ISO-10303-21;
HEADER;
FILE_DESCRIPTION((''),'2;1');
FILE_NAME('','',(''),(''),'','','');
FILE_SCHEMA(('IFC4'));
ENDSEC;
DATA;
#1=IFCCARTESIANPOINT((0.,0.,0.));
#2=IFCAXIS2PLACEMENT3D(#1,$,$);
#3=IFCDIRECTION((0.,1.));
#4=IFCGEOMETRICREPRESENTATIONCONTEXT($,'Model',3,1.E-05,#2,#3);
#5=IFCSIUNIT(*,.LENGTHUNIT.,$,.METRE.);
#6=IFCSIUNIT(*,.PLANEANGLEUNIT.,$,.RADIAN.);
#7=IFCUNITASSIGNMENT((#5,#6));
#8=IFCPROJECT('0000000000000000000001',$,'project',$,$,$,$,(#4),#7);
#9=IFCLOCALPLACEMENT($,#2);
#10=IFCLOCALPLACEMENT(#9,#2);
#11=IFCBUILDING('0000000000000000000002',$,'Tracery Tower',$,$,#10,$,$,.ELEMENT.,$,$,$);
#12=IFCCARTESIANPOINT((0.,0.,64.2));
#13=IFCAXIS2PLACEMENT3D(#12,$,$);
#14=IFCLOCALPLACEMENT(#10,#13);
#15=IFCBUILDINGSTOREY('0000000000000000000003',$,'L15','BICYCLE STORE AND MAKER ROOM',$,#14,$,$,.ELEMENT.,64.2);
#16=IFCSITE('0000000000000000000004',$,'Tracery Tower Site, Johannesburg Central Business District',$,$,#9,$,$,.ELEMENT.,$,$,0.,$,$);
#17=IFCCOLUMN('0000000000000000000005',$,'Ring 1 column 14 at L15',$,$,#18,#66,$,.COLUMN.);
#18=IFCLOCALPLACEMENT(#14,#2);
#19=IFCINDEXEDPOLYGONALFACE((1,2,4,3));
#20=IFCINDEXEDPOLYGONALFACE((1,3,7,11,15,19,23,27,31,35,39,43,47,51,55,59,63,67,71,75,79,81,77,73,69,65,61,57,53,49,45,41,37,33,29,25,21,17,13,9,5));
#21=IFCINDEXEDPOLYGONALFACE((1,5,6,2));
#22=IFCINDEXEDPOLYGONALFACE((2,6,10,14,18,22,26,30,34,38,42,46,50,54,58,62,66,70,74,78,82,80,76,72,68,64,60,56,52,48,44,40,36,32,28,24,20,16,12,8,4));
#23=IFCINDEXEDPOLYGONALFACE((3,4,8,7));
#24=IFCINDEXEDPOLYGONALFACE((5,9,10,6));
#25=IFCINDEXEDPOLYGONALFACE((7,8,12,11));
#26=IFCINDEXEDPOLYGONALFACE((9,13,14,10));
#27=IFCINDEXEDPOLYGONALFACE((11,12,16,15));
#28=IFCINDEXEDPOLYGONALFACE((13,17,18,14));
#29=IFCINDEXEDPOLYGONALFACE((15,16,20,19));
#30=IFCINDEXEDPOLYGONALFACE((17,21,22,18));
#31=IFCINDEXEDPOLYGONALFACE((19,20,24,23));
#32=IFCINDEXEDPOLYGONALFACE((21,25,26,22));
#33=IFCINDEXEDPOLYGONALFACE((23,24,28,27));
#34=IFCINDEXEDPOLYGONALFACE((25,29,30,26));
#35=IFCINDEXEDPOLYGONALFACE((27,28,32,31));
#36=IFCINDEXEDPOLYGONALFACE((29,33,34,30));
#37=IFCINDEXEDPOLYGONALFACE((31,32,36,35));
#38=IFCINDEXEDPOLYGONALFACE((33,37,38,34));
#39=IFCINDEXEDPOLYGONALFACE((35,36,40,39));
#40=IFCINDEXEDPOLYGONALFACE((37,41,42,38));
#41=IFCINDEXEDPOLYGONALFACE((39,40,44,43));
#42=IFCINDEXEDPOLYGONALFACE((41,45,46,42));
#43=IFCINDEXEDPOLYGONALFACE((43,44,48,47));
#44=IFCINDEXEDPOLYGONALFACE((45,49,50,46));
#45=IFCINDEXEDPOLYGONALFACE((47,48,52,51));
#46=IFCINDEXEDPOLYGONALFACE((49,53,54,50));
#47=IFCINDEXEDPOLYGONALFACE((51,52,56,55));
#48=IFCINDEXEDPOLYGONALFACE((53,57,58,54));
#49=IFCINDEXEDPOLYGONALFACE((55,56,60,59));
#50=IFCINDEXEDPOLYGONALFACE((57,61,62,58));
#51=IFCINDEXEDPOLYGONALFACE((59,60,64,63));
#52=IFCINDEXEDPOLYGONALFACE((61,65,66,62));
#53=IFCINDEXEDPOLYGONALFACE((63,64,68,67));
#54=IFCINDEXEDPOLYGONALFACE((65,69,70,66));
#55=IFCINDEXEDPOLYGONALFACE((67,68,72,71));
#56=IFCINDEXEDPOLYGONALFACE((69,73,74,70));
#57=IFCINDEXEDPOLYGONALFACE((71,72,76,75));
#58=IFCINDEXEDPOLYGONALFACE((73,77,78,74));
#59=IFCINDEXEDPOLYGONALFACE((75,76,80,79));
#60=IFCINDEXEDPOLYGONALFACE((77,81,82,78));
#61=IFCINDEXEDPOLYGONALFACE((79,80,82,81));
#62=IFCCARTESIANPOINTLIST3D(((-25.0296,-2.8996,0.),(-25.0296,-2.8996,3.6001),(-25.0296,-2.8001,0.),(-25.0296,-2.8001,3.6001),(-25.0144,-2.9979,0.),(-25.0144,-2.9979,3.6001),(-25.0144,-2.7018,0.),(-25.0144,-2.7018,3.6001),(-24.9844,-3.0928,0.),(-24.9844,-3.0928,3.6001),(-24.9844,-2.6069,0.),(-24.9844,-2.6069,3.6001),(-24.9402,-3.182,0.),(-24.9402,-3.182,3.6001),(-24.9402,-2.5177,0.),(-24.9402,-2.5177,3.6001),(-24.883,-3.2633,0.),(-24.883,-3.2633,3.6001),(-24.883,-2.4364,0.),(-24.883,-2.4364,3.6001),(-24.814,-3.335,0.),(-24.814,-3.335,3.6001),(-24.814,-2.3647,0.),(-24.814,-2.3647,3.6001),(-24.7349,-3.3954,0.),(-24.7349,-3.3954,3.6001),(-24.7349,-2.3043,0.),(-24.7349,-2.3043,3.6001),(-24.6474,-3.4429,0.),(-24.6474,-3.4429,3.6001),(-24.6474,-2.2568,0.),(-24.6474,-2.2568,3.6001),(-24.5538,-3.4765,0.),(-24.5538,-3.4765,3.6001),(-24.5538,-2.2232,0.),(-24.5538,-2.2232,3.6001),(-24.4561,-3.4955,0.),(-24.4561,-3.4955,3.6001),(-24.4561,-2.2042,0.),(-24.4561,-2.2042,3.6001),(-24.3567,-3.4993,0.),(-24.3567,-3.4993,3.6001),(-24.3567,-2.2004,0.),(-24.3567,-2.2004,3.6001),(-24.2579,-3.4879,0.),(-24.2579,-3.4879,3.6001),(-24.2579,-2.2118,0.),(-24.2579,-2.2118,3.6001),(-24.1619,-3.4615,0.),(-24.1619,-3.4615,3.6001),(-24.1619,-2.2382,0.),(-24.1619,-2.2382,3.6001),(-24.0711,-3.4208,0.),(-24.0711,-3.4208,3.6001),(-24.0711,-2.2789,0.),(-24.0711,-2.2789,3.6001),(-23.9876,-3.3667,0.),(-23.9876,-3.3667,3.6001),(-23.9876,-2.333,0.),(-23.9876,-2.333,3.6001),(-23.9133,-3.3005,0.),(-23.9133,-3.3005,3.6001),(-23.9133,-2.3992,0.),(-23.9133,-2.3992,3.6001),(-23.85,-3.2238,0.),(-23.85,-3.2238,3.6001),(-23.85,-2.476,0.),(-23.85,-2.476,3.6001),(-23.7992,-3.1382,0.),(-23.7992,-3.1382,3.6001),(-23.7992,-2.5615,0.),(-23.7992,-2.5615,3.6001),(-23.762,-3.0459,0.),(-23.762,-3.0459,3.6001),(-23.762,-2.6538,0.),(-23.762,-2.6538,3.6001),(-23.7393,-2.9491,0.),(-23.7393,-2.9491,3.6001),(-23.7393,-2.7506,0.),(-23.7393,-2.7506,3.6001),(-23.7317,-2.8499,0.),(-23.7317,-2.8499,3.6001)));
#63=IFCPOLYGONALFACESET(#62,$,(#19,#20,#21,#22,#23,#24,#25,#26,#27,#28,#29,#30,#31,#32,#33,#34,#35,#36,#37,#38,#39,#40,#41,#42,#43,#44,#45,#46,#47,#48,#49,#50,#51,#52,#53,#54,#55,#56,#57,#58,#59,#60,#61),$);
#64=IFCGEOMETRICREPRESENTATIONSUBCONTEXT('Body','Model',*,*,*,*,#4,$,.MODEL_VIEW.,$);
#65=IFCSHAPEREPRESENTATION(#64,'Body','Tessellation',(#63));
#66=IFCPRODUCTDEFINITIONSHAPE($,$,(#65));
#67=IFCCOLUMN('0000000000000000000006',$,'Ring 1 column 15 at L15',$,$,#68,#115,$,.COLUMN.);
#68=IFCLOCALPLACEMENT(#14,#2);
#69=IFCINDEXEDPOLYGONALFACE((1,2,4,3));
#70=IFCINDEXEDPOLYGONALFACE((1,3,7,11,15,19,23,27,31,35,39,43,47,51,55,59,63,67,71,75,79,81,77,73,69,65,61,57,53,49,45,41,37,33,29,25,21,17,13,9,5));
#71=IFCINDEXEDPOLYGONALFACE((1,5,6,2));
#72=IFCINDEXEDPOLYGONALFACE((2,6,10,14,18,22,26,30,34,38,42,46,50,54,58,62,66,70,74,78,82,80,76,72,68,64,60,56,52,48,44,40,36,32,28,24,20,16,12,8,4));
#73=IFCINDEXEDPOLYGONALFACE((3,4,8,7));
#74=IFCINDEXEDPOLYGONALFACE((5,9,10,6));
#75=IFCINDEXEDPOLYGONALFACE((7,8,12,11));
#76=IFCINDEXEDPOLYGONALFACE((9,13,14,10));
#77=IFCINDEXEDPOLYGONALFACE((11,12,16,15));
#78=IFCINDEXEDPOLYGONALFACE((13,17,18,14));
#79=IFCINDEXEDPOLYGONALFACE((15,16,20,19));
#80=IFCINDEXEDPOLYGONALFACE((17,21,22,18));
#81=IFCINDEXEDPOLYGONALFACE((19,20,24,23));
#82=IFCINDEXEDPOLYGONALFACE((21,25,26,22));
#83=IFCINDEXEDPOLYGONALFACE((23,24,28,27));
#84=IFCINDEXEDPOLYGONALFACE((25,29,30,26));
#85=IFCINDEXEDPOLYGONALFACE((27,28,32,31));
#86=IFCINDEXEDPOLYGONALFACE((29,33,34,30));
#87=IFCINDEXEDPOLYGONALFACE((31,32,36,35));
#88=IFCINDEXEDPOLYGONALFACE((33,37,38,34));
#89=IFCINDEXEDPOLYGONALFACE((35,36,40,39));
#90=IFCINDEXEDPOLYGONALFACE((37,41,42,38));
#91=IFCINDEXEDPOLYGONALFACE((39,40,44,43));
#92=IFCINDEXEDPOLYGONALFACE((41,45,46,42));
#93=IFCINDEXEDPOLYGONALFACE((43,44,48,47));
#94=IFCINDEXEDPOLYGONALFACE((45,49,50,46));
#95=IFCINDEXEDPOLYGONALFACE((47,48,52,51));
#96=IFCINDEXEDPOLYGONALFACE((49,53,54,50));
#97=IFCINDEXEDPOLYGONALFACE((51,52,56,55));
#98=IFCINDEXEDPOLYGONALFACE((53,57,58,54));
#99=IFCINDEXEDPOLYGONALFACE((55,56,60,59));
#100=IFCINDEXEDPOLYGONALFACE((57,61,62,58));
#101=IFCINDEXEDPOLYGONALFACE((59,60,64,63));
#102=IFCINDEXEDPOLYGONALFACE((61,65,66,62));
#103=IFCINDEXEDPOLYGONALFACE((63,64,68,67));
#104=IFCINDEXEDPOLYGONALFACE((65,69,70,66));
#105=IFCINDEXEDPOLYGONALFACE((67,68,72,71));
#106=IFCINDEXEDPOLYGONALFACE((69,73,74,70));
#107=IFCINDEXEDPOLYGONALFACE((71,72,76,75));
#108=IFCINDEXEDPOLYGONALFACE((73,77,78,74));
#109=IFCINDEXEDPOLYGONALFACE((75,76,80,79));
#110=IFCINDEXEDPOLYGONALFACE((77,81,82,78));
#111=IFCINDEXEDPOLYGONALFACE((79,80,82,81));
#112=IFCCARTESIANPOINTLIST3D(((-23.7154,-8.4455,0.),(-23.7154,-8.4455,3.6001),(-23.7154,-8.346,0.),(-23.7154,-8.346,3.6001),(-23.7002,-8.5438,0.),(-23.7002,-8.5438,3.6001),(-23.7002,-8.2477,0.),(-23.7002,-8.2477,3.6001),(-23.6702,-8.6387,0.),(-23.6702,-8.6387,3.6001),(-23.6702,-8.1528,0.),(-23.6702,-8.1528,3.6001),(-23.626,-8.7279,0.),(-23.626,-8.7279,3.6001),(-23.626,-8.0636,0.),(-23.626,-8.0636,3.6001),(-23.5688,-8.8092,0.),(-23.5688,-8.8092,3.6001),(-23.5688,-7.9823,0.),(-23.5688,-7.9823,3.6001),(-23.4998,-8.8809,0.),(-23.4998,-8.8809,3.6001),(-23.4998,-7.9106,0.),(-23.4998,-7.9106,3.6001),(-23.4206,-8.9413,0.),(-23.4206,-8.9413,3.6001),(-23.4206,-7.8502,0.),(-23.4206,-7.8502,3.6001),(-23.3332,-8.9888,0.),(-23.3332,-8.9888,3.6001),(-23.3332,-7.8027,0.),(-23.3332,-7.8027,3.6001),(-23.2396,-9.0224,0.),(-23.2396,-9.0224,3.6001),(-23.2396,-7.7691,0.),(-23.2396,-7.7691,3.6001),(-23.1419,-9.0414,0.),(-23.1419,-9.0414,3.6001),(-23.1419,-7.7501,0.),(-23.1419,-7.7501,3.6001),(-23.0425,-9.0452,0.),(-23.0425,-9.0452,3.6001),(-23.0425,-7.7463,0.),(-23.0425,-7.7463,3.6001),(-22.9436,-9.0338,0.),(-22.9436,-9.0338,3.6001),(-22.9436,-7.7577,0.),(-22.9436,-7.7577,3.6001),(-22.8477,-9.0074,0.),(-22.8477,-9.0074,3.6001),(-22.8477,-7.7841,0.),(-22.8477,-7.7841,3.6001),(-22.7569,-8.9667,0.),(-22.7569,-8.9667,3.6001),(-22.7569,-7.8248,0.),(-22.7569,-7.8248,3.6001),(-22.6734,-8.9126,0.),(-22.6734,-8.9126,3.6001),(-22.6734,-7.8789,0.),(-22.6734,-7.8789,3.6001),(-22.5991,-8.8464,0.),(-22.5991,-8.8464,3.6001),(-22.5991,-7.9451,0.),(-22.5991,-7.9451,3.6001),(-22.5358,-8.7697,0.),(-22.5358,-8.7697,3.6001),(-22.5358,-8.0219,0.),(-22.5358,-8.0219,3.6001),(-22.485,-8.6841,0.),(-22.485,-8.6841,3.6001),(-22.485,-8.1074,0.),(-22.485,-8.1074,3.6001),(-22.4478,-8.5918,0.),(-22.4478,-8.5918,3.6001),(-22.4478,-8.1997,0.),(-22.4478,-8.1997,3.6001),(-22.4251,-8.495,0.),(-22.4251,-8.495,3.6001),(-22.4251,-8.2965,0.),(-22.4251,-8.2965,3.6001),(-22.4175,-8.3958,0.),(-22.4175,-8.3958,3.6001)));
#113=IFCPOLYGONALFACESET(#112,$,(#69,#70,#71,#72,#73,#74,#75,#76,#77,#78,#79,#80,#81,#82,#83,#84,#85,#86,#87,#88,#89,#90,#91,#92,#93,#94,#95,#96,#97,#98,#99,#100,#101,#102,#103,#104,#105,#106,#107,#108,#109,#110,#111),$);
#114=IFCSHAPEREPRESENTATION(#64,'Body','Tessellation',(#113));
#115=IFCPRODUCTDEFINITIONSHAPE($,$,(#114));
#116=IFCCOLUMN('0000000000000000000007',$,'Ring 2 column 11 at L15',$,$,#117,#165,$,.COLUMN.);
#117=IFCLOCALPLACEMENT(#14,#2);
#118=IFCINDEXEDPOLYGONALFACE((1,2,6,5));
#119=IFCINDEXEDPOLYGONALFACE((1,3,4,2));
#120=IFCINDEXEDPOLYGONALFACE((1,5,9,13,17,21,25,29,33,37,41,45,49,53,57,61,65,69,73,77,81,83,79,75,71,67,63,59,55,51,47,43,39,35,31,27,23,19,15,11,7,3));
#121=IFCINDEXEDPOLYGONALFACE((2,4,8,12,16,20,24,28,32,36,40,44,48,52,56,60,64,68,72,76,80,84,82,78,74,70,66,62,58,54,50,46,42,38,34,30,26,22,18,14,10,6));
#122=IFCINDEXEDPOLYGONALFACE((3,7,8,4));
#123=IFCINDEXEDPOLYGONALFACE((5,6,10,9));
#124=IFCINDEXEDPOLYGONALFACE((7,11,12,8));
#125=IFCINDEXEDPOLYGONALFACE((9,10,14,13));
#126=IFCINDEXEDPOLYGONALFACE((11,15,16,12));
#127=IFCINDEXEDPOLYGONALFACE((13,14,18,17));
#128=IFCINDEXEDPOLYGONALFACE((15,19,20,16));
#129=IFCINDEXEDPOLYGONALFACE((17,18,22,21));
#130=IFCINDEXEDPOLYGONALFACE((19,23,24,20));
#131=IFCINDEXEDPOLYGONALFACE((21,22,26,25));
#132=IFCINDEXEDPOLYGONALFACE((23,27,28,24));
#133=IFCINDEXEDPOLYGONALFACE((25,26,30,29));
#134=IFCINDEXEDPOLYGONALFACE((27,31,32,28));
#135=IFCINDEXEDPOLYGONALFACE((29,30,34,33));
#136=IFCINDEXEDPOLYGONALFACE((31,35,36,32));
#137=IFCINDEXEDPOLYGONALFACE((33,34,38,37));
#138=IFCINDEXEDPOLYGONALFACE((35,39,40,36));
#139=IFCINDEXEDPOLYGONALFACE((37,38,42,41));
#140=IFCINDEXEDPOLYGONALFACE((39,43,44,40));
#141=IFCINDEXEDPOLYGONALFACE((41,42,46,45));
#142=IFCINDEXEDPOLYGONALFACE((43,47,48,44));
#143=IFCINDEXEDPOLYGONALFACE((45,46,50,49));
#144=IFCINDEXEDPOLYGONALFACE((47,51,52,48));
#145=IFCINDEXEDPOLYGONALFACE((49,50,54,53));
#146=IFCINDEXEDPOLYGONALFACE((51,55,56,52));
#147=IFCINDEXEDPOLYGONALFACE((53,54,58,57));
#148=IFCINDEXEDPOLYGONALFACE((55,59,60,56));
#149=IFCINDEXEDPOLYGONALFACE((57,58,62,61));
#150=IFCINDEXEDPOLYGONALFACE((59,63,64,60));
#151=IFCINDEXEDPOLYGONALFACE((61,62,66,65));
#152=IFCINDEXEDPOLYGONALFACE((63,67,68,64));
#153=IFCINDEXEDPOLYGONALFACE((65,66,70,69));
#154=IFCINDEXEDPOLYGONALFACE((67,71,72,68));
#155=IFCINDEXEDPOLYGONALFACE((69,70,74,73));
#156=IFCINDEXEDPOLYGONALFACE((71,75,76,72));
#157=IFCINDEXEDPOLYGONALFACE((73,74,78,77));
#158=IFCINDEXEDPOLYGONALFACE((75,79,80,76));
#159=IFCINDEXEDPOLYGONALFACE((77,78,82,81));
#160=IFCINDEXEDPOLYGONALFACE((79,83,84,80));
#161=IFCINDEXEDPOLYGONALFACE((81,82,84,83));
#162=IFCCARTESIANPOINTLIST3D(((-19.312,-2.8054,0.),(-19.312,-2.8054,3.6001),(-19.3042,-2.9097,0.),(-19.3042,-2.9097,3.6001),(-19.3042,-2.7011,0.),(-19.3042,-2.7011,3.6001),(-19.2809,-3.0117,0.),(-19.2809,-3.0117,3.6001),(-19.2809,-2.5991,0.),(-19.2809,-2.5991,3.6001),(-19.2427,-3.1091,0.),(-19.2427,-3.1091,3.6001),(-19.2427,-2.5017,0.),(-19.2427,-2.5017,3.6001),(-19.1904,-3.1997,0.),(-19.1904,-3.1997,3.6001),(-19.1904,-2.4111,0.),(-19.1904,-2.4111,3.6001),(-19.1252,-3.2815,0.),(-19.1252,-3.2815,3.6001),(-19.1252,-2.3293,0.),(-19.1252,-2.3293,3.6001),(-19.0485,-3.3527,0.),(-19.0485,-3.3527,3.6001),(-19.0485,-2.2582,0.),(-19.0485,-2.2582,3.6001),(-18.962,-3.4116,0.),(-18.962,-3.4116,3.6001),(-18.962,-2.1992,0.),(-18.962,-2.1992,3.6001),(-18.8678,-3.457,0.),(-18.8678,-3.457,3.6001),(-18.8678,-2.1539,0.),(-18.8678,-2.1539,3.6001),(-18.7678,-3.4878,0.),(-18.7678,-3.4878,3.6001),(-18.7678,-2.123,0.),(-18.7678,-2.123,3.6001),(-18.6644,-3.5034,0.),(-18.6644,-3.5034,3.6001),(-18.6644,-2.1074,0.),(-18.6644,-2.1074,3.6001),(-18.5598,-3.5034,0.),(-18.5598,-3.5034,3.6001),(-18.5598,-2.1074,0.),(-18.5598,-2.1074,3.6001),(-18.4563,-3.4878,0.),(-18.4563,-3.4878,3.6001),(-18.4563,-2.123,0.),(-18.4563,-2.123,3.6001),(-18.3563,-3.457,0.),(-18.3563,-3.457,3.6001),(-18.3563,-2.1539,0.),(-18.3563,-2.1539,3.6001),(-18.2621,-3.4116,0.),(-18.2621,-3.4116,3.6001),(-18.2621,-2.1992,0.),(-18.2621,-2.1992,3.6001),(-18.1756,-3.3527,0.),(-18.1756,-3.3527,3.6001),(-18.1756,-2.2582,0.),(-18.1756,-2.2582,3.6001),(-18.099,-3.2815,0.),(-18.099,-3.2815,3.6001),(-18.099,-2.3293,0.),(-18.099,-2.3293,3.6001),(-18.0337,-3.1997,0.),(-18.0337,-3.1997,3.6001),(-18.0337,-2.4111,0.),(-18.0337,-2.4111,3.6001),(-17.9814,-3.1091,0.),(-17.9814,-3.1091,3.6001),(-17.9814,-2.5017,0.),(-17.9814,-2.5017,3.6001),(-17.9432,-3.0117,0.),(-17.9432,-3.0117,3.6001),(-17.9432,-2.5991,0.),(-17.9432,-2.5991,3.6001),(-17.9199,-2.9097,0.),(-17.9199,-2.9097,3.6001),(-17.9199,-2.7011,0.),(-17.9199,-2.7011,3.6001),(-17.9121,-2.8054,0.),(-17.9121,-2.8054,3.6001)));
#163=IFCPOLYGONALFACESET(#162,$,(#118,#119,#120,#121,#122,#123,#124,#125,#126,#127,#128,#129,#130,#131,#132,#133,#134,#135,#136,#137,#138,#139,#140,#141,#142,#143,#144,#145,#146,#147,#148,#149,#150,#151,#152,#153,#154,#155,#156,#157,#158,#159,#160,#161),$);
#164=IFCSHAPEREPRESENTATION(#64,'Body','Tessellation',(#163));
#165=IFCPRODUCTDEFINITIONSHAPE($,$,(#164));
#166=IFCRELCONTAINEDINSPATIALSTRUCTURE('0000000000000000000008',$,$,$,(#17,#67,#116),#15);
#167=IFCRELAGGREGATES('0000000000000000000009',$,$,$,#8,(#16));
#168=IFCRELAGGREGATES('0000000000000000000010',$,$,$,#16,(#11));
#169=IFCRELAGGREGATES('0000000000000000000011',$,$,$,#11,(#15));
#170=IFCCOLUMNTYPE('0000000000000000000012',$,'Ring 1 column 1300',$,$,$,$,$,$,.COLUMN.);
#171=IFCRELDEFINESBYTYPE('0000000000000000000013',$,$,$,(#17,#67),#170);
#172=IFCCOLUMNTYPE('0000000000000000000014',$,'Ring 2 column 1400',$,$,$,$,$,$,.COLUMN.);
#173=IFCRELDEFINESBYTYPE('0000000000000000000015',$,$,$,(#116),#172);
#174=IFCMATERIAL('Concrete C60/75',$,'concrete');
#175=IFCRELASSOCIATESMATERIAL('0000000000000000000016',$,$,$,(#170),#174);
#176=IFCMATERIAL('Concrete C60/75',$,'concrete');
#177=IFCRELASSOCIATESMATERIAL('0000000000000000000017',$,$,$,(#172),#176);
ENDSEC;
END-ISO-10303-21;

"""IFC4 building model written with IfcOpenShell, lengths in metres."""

from ifc_helpers import new_model, si_unit, direction, frame, origin, origin_2d, place, context, subcontext, project, spatial, circle, extrude, material, material_profile, profile_set, type_object, element, save


model = new_model("IFC4")

# Units and contexts
model_context = context("Model", 3, precision=1e-05, world=origin(), true_north=direction((0.0, 1.0)))
body_context = subcontext(model_context, "Body", "Model", "MODEL_VIEW")
ifc_project = project(units=[si_unit("LENGTHUNIT", "METRE"), si_unit("PLANEANGLEUNIT", "RADIAN")], contexts=[model_context])

# Site, building, storey
site_placement = place(None, origin())
site = spatial("IfcSite", under=ifc_project, at=site_placement, Name="Tracery Tower Site, Johannesburg Central Business District", CompositionType="ELEMENT", RefElevation=0.0)
building_placement = place(site_placement, origin())
building = spatial("IfcBuilding", under=site, at=building_placement, Name="Tracery Tower", CompositionType="ELEMENT")
storey_placement = place(building_placement, frame((0.0, 0.0, 64.2)))
storey = spatial("IfcBuildingStorey", under=building, at=storey_placement, Name="L15", Description="BICYCLE STORE AND MAKER ROOM", CompositionType="ELEMENT", Elevation=64.2)

# Columns
ifc_material_1 = material(Name="Concrete C60/75", Category="concrete")
ifc_material_profile_1 = material_profile(ifc_material_1, circle(Radius=0.6499, at=origin_2d()), Name="RC D1300")
ifc_profile_set_1 = profile_set([ifc_material_profile_1], Name="Concrete C60/75")
column_type_1 = type_object("IfcColumnType", Name="Ring 1 column 1300", PredefinedType="COLUMN", material=ifc_profile_set_1)
for number, where, z_axis, x_axis, name in (
    (1, (-24.3816, -2.8499, 0.0), (0.0, 0.0, 1.0), (1.0, 0.0, 0.0), "Ring 1 column 14 at L15"),
    (2, (-23.0674, -8.3958, 0.0), (0.0, 0.0, 1.0), (1.0, 0.0, 0.0), "Ring 1 column 15 at L15"),
):
    element("IfcColumn", number, at=place(storey_placement, frame(where, z_axis=z_axis, x_axis=x_axis)), inside=storey, type_object=column_type_1, Name=name, PredefinedType="COLUMN", context=body_context, shape_type="SweptSolid", body=[
        extrude(circle(Radius=0.6499, at=origin_2d()), origin(), (0.0, 0.0, 1.0), 3.6001),
    ])
ifc_material_2 = material(Name="Concrete C60/75", Category="concrete")
ifc_material_profile_2 = material_profile(ifc_material_2, circle(Radius=0.7, at=origin_2d()), Name="RC D1400")
ifc_profile_set_2 = profile_set([ifc_material_profile_2], Name="Concrete C60/75")
column_type_2 = type_object("IfcColumnType", Name="Ring 2 column 1400", PredefinedType="COLUMN", material=ifc_profile_set_2)
for number, where, z_axis, x_axis, name in (
    (3, (-18.6121, -2.8054, 0.0), (0.0, 0.0, 1.0), (1.0, 0.0, 0.0), "Ring 2 column 11 at L15"),
):
    element("IfcColumn", number, at=place(storey_placement, frame(where, z_axis=z_axis, x_axis=x_axis)), inside=storey, type_object=column_type_2, Name=name, PredefinedType="COLUMN", context=body_context, shape_type="SweptSolid", body=[
        extrude(circle(Radius=0.7, at=origin_2d()), origin(), (0.0, 0.0, 1.0), 3.6001),
    ])

save(model, "model.ifc")
